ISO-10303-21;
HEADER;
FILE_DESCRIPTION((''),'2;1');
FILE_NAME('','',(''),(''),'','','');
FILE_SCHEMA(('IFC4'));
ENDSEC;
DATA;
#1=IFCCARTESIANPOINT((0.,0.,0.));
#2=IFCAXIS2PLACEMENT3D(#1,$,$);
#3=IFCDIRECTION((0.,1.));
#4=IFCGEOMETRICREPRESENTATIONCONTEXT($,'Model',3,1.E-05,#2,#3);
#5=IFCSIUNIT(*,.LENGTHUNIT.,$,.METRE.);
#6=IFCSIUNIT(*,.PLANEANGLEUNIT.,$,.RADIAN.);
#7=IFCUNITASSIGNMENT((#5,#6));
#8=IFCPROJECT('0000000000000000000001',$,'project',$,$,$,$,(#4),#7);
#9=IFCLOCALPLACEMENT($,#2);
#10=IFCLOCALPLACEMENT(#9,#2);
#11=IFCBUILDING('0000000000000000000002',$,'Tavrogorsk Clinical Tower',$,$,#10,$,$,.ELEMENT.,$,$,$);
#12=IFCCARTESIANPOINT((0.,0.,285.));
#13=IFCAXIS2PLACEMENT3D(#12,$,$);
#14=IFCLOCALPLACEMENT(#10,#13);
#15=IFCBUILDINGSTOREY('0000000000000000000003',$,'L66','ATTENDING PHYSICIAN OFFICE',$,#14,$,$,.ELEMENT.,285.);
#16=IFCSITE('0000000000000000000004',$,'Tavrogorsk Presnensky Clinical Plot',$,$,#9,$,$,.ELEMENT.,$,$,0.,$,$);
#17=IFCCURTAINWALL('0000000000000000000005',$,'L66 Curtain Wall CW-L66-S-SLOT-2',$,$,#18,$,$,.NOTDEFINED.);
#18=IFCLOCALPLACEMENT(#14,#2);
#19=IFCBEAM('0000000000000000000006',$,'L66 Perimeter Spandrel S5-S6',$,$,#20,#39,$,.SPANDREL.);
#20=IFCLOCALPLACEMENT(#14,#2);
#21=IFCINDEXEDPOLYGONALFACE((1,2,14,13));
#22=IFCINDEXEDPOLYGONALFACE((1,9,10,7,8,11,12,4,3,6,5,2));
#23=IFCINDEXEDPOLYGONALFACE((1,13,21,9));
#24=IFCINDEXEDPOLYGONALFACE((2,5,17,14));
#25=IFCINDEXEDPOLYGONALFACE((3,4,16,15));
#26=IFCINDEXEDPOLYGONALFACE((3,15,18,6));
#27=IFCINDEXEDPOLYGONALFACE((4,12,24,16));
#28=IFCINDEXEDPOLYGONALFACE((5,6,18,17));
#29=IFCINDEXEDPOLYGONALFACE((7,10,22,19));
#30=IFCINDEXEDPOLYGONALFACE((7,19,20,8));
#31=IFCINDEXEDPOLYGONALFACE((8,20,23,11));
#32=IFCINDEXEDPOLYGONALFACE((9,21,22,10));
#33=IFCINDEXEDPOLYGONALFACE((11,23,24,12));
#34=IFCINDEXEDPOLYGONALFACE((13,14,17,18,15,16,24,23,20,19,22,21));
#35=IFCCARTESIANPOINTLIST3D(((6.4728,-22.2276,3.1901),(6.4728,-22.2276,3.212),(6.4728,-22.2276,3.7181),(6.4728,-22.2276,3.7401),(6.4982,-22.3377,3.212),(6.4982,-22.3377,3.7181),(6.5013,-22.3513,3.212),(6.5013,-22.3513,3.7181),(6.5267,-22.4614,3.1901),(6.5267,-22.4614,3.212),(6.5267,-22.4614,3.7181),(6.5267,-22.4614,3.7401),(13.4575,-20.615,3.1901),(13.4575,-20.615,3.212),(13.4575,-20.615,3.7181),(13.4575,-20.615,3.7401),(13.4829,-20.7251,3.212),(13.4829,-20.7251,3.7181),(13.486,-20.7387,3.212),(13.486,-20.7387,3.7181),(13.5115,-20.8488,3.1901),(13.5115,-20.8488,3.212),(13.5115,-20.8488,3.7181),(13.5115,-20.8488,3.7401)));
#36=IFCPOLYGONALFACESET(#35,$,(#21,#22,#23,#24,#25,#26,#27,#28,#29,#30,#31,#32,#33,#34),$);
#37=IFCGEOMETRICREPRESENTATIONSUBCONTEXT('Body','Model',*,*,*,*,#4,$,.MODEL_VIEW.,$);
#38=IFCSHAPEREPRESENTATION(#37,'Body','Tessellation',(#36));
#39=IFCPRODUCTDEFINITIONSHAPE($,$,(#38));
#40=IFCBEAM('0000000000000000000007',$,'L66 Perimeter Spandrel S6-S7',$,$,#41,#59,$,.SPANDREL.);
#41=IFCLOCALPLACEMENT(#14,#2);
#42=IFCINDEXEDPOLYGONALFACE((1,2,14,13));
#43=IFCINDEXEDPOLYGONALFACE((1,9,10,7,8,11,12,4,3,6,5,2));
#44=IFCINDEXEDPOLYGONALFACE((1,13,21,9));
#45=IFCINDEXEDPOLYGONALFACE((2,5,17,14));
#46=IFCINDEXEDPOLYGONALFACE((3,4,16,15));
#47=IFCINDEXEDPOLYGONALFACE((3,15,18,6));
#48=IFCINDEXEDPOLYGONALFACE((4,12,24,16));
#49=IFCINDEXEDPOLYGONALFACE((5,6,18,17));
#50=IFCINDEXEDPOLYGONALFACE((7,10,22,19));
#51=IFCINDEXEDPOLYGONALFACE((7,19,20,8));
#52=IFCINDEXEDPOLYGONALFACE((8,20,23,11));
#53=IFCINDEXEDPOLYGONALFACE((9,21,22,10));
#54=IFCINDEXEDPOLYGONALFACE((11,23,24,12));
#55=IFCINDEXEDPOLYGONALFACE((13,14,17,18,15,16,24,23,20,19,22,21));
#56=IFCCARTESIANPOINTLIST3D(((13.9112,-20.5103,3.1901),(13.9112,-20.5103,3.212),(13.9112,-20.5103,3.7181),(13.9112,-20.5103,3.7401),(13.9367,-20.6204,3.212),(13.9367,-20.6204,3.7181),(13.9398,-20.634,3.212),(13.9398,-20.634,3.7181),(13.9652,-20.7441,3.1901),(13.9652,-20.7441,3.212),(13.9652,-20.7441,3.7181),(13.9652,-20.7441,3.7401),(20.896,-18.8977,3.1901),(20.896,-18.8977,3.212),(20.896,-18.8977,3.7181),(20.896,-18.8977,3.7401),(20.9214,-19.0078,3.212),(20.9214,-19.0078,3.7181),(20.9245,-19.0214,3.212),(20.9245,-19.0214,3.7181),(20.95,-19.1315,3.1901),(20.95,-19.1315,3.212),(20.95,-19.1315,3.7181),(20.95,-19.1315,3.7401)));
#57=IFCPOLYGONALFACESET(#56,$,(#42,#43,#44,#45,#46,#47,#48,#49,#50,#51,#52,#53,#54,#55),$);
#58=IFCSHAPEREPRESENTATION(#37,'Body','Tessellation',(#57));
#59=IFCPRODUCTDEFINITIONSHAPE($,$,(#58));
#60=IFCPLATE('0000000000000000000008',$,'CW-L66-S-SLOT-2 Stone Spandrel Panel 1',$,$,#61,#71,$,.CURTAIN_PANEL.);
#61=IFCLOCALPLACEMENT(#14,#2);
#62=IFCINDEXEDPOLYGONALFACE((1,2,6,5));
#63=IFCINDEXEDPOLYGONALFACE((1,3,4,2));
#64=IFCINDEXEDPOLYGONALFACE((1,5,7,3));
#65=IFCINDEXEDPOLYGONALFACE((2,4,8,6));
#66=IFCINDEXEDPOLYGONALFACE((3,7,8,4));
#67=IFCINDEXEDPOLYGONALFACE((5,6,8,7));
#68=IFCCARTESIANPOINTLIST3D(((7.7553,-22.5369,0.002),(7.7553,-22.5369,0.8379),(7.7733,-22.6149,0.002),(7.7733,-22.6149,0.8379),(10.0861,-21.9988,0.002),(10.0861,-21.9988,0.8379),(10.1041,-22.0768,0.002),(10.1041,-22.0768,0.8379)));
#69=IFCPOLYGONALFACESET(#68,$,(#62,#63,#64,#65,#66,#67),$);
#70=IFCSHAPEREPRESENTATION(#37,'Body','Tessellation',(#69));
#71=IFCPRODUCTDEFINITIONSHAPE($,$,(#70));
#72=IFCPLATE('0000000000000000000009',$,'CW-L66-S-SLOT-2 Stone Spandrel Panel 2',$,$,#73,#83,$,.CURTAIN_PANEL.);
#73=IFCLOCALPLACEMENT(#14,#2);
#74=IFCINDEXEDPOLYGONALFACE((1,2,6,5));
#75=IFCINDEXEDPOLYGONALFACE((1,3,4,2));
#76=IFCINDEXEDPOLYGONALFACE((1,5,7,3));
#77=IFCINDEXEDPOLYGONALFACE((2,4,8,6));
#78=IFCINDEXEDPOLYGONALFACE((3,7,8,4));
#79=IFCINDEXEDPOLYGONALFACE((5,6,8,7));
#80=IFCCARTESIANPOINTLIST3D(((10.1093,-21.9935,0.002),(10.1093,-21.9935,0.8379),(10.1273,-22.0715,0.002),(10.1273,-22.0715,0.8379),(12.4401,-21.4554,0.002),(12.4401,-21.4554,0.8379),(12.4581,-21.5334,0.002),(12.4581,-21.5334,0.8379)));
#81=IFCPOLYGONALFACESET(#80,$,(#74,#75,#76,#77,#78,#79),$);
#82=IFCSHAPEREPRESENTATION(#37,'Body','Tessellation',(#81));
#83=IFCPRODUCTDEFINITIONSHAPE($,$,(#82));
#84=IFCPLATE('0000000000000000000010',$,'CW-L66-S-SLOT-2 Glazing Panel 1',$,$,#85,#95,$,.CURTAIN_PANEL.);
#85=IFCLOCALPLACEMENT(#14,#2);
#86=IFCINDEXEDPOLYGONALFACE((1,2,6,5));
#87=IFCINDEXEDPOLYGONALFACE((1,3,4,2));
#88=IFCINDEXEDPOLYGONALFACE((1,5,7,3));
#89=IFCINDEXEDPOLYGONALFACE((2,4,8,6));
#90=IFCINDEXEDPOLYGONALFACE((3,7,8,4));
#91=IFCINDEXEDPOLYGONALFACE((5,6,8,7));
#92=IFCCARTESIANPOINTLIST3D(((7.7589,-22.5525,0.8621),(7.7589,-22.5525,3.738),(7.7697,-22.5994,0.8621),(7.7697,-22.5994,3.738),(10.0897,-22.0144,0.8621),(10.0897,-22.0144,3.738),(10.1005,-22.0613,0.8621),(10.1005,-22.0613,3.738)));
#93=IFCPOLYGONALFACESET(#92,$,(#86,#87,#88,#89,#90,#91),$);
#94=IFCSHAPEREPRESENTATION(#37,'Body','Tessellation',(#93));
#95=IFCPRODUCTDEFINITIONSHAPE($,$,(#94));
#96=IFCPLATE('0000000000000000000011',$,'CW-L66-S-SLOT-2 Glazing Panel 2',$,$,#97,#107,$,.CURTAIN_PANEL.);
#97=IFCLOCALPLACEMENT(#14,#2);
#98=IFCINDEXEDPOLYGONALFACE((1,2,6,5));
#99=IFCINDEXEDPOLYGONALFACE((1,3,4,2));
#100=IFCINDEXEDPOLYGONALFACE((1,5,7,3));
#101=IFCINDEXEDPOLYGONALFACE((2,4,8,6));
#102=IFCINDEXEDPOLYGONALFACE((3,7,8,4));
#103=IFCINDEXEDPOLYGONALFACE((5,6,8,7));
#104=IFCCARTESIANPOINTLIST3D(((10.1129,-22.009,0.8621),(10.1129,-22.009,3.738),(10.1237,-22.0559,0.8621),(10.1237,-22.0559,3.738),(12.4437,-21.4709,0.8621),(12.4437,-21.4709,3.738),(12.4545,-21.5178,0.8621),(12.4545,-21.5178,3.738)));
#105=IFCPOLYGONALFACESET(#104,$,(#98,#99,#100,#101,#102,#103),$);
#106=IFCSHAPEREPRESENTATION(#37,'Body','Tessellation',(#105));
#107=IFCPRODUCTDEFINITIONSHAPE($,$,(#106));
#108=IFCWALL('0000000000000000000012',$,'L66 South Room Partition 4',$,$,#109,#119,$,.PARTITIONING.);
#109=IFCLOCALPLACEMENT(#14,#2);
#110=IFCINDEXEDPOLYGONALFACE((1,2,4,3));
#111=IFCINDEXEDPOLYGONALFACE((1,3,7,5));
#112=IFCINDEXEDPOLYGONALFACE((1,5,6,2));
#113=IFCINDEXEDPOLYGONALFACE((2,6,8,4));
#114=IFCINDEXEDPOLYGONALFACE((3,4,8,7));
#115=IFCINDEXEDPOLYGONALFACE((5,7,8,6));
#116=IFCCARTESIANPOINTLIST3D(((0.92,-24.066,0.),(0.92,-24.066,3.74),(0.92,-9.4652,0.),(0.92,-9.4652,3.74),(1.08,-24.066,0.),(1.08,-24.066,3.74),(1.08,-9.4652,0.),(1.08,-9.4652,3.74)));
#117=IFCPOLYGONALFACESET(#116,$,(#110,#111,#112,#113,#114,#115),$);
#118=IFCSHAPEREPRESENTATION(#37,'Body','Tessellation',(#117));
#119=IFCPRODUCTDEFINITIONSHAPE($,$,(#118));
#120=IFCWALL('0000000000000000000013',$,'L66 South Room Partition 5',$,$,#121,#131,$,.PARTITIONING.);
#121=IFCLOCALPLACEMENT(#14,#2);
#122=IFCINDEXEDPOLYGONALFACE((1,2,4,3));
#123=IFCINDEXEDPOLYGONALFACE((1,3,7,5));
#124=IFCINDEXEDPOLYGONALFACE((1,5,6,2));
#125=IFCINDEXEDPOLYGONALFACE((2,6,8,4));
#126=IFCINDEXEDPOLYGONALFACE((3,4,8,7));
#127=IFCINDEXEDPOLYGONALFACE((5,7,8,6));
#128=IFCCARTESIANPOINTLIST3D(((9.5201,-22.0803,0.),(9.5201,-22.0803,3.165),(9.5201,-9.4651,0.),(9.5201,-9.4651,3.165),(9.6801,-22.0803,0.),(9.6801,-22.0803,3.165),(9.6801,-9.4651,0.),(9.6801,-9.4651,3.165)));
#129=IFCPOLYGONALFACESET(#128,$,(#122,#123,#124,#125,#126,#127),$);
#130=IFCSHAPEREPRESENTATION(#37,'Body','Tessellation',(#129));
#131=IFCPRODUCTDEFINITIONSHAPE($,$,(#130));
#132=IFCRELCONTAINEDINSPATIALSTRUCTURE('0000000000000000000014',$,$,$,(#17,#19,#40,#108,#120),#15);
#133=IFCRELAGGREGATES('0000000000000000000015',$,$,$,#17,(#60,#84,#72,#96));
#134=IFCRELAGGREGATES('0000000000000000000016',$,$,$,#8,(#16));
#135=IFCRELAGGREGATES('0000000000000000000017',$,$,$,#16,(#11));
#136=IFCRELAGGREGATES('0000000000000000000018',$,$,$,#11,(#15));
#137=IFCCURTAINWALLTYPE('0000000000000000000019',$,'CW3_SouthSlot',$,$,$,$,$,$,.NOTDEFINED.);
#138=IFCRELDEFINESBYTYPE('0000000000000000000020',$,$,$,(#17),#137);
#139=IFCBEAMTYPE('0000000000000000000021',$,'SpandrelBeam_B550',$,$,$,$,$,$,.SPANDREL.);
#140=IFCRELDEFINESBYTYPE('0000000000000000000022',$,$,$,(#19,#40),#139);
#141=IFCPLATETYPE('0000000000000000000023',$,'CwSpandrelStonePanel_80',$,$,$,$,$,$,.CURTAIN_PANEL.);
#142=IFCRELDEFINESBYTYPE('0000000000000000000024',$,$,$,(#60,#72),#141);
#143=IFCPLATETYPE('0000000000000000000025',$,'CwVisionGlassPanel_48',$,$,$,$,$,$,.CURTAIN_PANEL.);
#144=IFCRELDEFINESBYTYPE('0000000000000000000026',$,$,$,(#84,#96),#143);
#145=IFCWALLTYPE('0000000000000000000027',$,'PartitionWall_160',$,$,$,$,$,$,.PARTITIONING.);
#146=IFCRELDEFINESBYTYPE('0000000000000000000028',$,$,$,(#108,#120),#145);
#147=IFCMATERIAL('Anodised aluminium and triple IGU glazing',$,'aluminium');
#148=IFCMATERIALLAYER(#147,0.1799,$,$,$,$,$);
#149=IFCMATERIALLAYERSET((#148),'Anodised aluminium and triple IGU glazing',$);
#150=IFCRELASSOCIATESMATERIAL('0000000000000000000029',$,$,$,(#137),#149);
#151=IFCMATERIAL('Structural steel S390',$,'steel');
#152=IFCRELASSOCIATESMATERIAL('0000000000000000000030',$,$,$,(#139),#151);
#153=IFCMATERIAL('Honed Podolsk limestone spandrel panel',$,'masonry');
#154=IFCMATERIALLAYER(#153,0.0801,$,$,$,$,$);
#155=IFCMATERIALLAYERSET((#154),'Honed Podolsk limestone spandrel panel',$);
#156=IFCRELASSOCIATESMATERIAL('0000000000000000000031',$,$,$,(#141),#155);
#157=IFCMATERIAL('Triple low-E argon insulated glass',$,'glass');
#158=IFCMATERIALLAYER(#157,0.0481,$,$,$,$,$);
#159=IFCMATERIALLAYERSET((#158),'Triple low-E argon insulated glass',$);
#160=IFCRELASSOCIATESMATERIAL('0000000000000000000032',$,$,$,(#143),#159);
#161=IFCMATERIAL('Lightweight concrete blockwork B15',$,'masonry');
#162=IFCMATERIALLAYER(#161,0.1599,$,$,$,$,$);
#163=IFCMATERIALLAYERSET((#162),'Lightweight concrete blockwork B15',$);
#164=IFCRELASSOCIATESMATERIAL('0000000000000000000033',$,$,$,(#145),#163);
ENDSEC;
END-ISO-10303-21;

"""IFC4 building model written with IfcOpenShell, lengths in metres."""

from ifc_helpers import new_model, si_unit, direction, frame, frame_2d, origin, origin_2d, place, context, subcontext, project, spatial, rectangle, i_section, extrude, material, layer, layer_set, material_profile, profile_set, type_object, element, aggregate, save


model = new_model("IFC4")

# Units and contexts
model_context = context("Model", 3, precision=1e-05, world=origin(), true_north=direction((0.0, 1.0)))
body_context = subcontext(model_context, "Body", "Model", "MODEL_VIEW")
ifc_project = project(units=[si_unit("LENGTHUNIT", "METRE"), si_unit("PLANEANGLEUNIT", "RADIAN")], contexts=[model_context])

# Site, building, storey
site_placement = place(None, origin())
site = spatial("IfcSite", under=ifc_project, at=site_placement, Name="Tavrogorsk Presnensky Clinical Plot", CompositionType="ELEMENT", RefElevation=0.0)
building_placement = place(site_placement, origin())
building = spatial("IfcBuilding", under=site, at=building_placement, Name="Tavrogorsk Clinical Tower", CompositionType="ELEMENT")
storey_placement = place(building_placement, frame((0.0, 0.0, 285.0)))
storey = spatial("IfcBuildingStorey", under=building, at=storey_placement, Name="L66", Description="ATTENDING PHYSICIAN OFFICE", CompositionType="ELEMENT", Elevation=285.0)

# Curtain wall
ifc_material_1 = material(Name="Anodised aluminium and triple IGU glazing", Category="aluminium")
ifc_layer_1 = layer(ifc_material_1, 0.1799)
ifc_layer_set_1 = layer_set([ifc_layer_1], Name="Anodised aluminium and triple IGU glazing")
curtain_wall_type = type_object("IfcCurtainWallType", Name="CW3_SouthSlot", PredefinedType="NOTDEFINED", material=ifc_layer_set_1)
curtain_wall_placement = place(storey_placement, origin())
curtain_wall = element("IfcCurtainWall", 1, at=curtain_wall_placement, inside=storey, type_object=curtain_wall_type, Name="L66 Curtain Wall CW-L66-S-SLOT-2", PredefinedType="NOTDEFINED")

# Beams
ifc_material_2 = material(Name="Structural steel S390", Category="steel")
ifc_material_profile_1 = material_profile(ifc_material_2, i_section(OverallWidth=0.24, OverallDepth=0.55, WebThickness=0.0139, FlangeThickness=0.022, at=origin_2d()), Name="B-550x240x14x22")
ifc_profile_set_1 = profile_set([ifc_material_profile_1], Name="Structural steel S390")
beam_type = type_object("IfcBeamType", Name="SpandrelBeam_B550", PredefinedType="SPANDREL", material=ifc_profile_set_1)
for number, where, z_axis, x_axis, name in (
    (2, (6.4998, -22.3445, 3.4651), (0.974369, 0.224954, 0.0), (-0.224954, 0.974369, 0.0), "L66 Perimeter Spandrel S5-S6"),
    (3, (13.9382, -20.6272, 3.4651), (0.974369, 0.224954, 0.0), (-0.224954, 0.974369, 0.0), "L66 Perimeter Spandrel S6-S7"),
):
    element("IfcBeam", number, at=place(storey_placement, frame(where, z_axis=z_axis, x_axis=x_axis)), inside=storey, type_object=beam_type, Name=name, PredefinedType="SPANDREL", context=body_context, shape_type="SweptSolid", body=[
        extrude(i_section(OverallWidth=0.24, OverallDepth=0.55, WebThickness=0.0139, FlangeThickness=0.022, at=origin_2d()), origin(), (0.0, 0.0, 1.0), 7.1685),
    ])

# Plates
ifc_material_3 = material(Name="Honed Podolsk limestone spandrel panel", Category="masonry")
ifc_layer_2 = layer(ifc_material_3, 0.0801)
ifc_layer_set_2 = layer_set([ifc_layer_2], Name="Honed Podolsk limestone spandrel panel")
plate_type_1 = type_object("IfcPlateType", Name="CwSpandrelStonePanel_80", PredefinedType="CURTAIN_PANEL", material=ifc_layer_set_2)
plate_1_placement = place(storey_placement, frame((8.9297, -22.3069, 0.002), z_axis=(0.0, 0.0, 1.0), x_axis=(0.97437, 0.224951, 0.0)))
plate_1 = element("IfcPlate", 4, at=plate_1_placement, type_object=plate_type_1, Name="CW-L66-S-SLOT-2 Stone Spandrel Panel 1", PredefinedType="CURTAIN_PANEL", context=body_context, shape_type="SweptSolid", body=[
    extrude(rectangle(XDim=2.3921, YDim=0.0801, at=origin_2d()), origin(), (0.0, 0.0, 1.0), 0.8359),
])
plate_2_placement = place(storey_placement, frame((11.2837, -21.7634, 0.002), z_axis=(0.0, 0.0, 1.0), x_axis=(0.97437, 0.224951, 0.0)))
plate_2 = element("IfcPlate", 5, at=plate_2_placement, type_object=plate_type_1, Name="CW-L66-S-SLOT-2 Stone Spandrel Panel 2", PredefinedType="CURTAIN_PANEL", context=body_context, shape_type="SweptSolid", body=[
    extrude(rectangle(XDim=2.3921, YDim=0.0801, at=origin_2d()), origin(), (0.0, 0.0, 1.0), 0.8359),
])
ifc_material_4 = material(Name="Triple low-E argon insulated glass", Category="glass")
ifc_layer_3 = layer(ifc_material_4, 0.0481)
ifc_layer_set_3 = layer_set([ifc_layer_3], Name="Triple low-E argon insulated glass")
plate_type_2 = type_object("IfcPlateType", Name="CwVisionGlassPanel_48", PredefinedType="CURTAIN_PANEL", material=ifc_layer_set_3)
plate_3_placement = place(storey_placement, frame((8.9297, -22.3069, 0.8621), z_axis=(0.0, 0.0, 1.0), x_axis=(0.97437, 0.224951, 0.0)))
plate_3 = element("IfcPlate", 6, at=plate_3_placement, type_object=plate_type_2, Name="CW-L66-S-SLOT-2 Glazing Panel 1", PredefinedType="CURTAIN_PANEL", context=body_context, shape_type="SweptSolid", body=[
    extrude(rectangle(XDim=2.3921, YDim=0.0481, at=origin_2d()), origin(), (0.0, 0.0, 1.0), 2.876),
])
plate_4_placement = place(storey_placement, frame((11.2837, -21.7634, 0.8621), z_axis=(0.0, 0.0, 1.0), x_axis=(0.97437, 0.224951, 0.0)))
plate_4 = element("IfcPlate", 7, at=plate_4_placement, type_object=plate_type_2, Name="CW-L66-S-SLOT-2 Glazing Panel 2", PredefinedType="CURTAIN_PANEL", context=body_context, shape_type="SweptSolid", body=[
    extrude(rectangle(XDim=2.3921, YDim=0.0481, at=origin_2d()), origin(), (0.0, 0.0, 1.0), 2.876),
])
aggregate(curtain_wall, [plate_1, plate_3, plate_2, plate_4])

# Walls
ifc_material_5 = material(Name="Lightweight concrete blockwork B15", Category="masonry")
ifc_layer_4 = layer(ifc_material_5, 0.1599)
ifc_layer_set_4 = layer_set([ifc_layer_4], Name="Lightweight concrete blockwork B15")
wall_type_1 = type_object("IfcWallType", Name="PartitionWall_160", PredefinedType="PARTITIONING", material=ifc_layer_set_4)
wall_1_placement = place(storey_placement, frame((1.0, -24.0659, 0.0), z_axis=(0.0, 0.0, 1.0), x_axis=(0.0, 1.0, 0.0)))
element("IfcWall", 8, at=wall_1_placement, inside=storey, type_object=wall_type_1, Name="L66 South Room Partition 4", PredefinedType="PARTITIONING", context=body_context, shape_type="SweptSolid", body=[
    extrude(rectangle(XDim=14.6008, YDim=0.1599, at=frame_2d((7.3003, 0.0))), origin(), (0.0, 0.0, 1.0), 3.74),
])
wall_2_placement = place(storey_placement, frame((9.6001, -22.0803, 0.0), z_axis=(0.0, 0.0, 1.0), x_axis=(0.0, 1.0, 0.0)))
element("IfcWall", 9, at=wall_2_placement, inside=storey, type_object=wall_type_1, Name="L66 South Room Partition 5", PredefinedType="PARTITIONING", context=body_context, shape_type="SweptSolid", body=[
    extrude(rectangle(XDim=12.6152, YDim=0.1599, at=frame_2d((6.3076, 0.0))), origin(), (0.0, 0.0, 1.0), 3.165),
])

save(model, "model.ifc")
